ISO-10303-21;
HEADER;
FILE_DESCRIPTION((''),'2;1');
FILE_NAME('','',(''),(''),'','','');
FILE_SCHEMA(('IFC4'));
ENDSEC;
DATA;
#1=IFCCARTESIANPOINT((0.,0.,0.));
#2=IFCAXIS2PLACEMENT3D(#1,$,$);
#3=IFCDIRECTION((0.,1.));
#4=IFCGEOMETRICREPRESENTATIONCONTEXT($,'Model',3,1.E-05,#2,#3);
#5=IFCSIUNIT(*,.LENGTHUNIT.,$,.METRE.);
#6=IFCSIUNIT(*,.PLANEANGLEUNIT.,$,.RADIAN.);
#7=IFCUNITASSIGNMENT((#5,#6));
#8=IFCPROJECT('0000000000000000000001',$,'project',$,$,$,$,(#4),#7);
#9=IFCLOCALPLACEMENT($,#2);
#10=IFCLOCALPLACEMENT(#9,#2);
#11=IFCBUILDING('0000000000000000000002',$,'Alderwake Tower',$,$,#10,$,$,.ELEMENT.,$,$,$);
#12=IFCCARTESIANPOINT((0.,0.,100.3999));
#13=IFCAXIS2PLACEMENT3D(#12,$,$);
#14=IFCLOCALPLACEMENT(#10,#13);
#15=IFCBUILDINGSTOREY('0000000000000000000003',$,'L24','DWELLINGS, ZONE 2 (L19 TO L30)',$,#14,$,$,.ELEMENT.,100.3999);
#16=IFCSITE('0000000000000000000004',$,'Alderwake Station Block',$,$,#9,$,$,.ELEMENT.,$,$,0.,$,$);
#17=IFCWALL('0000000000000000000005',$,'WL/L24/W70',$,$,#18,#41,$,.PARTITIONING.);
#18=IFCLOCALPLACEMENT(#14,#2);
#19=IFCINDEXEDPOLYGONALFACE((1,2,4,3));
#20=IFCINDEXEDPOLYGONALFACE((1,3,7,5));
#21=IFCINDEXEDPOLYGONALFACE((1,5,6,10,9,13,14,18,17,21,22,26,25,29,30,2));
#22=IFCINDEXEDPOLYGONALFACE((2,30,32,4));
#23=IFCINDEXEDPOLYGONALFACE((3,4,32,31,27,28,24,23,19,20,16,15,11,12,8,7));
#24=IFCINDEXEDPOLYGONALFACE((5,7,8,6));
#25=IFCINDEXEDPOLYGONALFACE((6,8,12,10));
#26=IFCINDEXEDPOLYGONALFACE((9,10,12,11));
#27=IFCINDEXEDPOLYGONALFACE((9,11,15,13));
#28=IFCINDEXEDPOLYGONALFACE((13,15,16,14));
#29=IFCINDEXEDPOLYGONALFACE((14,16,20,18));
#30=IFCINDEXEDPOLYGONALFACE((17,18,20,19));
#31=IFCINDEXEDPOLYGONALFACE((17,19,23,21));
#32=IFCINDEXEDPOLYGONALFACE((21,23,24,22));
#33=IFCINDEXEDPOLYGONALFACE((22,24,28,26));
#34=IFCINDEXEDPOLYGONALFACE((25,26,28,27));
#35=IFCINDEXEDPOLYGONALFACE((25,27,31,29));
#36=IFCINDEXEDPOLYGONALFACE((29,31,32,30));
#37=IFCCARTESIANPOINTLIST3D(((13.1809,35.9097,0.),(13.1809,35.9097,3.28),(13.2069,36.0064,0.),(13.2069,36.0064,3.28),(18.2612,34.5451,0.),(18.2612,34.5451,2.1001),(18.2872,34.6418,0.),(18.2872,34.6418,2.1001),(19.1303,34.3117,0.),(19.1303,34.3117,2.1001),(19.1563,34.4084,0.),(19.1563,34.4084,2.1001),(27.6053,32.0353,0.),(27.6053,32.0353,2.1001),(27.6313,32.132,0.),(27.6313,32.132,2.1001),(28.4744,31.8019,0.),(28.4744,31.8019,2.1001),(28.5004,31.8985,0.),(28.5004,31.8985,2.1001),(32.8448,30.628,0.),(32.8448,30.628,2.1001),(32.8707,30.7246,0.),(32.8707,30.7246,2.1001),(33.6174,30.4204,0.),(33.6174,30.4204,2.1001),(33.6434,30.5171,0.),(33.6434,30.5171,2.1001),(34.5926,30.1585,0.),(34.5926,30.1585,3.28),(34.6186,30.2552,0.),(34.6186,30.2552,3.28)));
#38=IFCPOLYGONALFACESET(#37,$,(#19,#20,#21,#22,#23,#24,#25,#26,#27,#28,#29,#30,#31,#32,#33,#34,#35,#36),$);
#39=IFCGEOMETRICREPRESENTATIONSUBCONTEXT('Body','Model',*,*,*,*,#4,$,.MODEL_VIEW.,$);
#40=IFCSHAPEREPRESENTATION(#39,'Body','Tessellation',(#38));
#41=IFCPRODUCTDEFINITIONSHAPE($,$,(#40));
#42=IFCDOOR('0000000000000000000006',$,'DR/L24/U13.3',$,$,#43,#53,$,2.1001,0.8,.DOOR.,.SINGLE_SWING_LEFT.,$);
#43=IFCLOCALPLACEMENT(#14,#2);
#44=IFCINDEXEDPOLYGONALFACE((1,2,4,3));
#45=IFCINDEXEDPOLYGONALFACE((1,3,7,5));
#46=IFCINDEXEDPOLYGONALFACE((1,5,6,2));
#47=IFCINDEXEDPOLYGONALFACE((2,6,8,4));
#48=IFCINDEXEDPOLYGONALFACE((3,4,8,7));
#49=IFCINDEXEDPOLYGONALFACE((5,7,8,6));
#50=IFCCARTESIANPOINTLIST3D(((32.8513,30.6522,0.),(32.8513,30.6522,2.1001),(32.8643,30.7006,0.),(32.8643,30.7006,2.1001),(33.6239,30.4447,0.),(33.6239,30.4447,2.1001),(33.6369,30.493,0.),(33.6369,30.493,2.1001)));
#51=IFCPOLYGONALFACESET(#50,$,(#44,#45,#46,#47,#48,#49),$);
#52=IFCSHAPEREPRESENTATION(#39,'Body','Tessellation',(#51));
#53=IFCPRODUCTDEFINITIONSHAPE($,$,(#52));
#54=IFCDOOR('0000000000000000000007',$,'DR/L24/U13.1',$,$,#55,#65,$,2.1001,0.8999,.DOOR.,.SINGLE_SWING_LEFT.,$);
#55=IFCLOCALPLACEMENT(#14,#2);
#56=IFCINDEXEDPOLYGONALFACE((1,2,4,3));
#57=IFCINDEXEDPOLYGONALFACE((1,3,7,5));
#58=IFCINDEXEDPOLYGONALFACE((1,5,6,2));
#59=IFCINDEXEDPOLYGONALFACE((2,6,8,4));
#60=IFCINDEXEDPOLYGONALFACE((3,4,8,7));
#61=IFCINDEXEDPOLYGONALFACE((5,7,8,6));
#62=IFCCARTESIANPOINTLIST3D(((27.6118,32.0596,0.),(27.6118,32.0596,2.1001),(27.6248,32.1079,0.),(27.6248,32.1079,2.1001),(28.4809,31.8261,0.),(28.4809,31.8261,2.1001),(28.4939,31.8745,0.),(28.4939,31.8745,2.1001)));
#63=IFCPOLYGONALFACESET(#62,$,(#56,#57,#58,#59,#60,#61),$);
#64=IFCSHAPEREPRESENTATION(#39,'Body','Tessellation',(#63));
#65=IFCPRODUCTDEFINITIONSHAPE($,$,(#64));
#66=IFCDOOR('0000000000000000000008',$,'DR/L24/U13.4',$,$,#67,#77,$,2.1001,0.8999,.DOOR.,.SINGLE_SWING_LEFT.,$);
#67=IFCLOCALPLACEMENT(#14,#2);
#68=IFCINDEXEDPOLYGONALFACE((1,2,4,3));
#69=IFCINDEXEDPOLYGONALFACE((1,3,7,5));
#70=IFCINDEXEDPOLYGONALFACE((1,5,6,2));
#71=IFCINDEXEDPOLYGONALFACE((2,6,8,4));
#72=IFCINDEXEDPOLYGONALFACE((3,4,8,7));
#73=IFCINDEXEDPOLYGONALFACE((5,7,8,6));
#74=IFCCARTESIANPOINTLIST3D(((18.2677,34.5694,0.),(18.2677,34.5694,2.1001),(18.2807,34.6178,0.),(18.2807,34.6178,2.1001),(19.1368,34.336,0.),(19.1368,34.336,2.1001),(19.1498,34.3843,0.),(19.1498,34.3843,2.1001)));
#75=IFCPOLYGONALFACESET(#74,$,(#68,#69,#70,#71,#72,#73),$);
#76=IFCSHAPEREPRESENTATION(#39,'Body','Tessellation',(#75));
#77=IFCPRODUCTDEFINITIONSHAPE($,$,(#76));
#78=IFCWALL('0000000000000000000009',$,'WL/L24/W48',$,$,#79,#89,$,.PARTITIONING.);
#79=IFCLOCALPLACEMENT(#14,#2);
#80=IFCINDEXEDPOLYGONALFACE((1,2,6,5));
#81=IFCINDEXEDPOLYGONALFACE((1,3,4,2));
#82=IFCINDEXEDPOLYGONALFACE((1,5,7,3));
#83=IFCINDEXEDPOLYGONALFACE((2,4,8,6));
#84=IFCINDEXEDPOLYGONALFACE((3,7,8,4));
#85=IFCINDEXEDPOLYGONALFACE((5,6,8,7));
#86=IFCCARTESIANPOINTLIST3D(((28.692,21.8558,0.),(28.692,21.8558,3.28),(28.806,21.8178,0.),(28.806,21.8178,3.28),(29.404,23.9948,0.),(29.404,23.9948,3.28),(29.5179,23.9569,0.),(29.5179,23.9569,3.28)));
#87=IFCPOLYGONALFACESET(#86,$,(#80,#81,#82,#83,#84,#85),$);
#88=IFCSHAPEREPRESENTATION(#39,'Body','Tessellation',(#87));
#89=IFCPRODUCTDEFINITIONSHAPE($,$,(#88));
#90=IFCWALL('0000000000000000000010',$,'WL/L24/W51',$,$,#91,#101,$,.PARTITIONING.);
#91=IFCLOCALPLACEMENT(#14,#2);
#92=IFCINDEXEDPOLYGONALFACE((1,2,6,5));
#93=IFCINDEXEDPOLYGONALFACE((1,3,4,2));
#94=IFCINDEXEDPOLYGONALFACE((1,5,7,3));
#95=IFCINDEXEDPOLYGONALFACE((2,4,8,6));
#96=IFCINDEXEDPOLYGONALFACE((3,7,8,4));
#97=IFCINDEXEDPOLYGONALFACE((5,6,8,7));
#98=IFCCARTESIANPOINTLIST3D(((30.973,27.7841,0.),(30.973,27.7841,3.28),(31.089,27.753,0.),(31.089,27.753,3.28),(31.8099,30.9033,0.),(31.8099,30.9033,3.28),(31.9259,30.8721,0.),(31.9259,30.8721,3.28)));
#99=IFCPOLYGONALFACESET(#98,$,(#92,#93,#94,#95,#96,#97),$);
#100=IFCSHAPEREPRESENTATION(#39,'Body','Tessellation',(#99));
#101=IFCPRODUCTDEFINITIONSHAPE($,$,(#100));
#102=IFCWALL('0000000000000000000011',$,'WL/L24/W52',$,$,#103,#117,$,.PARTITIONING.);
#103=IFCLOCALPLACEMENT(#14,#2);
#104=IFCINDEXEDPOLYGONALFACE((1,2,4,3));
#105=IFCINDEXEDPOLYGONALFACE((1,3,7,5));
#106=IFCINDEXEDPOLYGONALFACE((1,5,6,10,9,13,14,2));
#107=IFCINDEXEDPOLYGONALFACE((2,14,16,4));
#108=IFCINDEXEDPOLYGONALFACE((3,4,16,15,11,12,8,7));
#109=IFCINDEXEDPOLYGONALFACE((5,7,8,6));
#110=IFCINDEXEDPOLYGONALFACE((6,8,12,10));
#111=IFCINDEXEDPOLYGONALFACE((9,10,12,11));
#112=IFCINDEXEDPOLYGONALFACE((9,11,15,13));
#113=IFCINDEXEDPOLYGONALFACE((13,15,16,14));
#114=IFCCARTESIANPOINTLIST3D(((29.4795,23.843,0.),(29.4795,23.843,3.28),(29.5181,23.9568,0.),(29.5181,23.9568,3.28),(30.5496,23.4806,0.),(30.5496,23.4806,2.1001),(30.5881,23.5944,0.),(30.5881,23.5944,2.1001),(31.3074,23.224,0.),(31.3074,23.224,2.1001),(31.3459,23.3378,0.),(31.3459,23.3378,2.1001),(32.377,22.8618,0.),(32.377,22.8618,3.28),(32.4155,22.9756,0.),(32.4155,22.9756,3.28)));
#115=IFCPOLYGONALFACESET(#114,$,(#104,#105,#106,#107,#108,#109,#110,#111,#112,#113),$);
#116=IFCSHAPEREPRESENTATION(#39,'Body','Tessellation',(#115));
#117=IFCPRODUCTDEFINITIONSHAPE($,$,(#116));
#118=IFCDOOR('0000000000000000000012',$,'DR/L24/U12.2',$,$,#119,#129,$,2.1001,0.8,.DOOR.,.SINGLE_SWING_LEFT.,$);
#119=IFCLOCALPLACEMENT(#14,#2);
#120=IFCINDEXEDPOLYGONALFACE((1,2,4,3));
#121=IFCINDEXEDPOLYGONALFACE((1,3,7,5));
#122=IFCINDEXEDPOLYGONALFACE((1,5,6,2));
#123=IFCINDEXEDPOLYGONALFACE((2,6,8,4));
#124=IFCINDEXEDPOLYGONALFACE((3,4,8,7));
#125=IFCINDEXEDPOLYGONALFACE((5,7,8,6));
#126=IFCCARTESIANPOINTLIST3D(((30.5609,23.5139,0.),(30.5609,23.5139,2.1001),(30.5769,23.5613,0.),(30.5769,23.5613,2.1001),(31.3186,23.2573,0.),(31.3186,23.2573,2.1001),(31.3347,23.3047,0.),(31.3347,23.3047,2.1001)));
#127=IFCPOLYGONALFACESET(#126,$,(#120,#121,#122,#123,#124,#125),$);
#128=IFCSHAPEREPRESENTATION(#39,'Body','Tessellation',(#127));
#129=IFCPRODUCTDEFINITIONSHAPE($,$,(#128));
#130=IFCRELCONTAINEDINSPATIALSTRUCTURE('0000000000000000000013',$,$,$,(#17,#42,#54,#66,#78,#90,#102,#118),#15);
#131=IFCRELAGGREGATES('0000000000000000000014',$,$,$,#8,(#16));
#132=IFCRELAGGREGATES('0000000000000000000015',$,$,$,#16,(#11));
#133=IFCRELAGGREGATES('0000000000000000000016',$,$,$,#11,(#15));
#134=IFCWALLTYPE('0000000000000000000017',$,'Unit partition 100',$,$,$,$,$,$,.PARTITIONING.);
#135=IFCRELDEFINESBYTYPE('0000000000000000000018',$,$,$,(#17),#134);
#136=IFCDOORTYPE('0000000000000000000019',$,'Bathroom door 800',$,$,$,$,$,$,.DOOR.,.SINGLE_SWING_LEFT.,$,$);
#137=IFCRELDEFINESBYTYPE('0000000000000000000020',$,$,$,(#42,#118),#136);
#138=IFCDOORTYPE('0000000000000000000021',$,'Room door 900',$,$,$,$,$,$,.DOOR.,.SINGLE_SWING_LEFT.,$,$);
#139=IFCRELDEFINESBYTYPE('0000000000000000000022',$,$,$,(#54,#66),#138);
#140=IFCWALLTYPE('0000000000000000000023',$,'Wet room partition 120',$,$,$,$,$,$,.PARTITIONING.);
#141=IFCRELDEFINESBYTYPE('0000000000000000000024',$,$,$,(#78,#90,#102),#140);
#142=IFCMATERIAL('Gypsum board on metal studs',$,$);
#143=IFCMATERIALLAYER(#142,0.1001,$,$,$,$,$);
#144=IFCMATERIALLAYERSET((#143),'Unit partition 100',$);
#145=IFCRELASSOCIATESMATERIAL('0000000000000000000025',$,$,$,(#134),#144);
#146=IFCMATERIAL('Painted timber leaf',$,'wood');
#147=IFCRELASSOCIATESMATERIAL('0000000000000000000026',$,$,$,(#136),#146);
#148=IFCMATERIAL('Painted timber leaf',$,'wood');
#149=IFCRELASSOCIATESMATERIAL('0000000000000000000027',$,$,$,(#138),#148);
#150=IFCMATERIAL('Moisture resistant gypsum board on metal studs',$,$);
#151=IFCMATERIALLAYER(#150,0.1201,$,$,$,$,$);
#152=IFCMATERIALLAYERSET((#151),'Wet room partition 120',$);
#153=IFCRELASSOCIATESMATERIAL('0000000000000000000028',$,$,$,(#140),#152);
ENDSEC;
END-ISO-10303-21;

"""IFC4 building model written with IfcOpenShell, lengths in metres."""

from ifc_helpers import new_model, si_unit, direction, frame, frame_2d, origin, place, context, subcontext, project, spatial, rectangle, extrude, material, layer, layer_set, type_object, element, fill, save


model = new_model("IFC4")

# Units and contexts
model_context = context("Model", 3, precision=1e-05, world=origin(), true_north=direction((0.0, 1.0)))
body_context = subcontext(model_context, "Body", "Model", "MODEL_VIEW")
ifc_project = project(units=[si_unit("LENGTHUNIT", "METRE"), si_unit("PLANEANGLEUNIT", "RADIAN")], contexts=[model_context])

# Site, building, storey
site_placement = place(None, origin())
site = spatial("IfcSite", under=ifc_project, at=site_placement, Name="Alderwake Station Block", CompositionType="ELEMENT", RefElevation=0.0)
building_placement = place(site_placement, origin())
building = spatial("IfcBuilding", under=site, at=building_placement, Name="Alderwake Tower", CompositionType="ELEMENT")
storey_placement = place(building_placement, frame((0.0, 0.0, 100.3999)))
storey = spatial("IfcBuildingStorey", under=building, at=storey_placement, Name="L24", Description="DWELLINGS, ZONE 2 (L19 TO L30)", CompositionType="ELEMENT", Elevation=100.3999)

# Wall, openings, doors
ifc_material_1 = material(Name="Gypsum board on metal studs")
ifc_layer_1 = layer(ifc_material_1, 0.1001)
ifc_layer_set_1 = layer_set([ifc_layer_1], Name="Unit partition 100")
wall_type_1 = type_object("IfcWallType", Name="Unit partition 100", PredefinedType="PARTITIONING", material=ifc_layer_set_1)
wall_1_placement = place(storey_placement, frame((34.6057, 30.2068, 0.0), z_axis=(0.0, 0.0, 1.0), x_axis=(-0.965768, 0.259408, 0.0)))
wall_1 = element("IfcWall", 1, at=wall_1_placement, inside=storey, type_object=wall_type_1, Name="WL/L24/W70", PredefinedType="PARTITIONING", context=body_context, shape_type="SweptSolid", body=[
    extrude(rectangle(XDim=22.1707, YDim=0.1001, at=frame_2d((11.0854, 0.0))), origin(), (0.0, 0.0, 1.0), 3.28),
])
opening_1_placement = place(wall_1_placement, frame((6.3352, 0.0, 0.0)))
opening_1 = element("IfcOpeningElement", 2, at=opening_1_placement, cuts=wall_1, PredefinedType="OPENING", context=body_context, shape_type="SweptSolid", body=[
    extrude(rectangle(XDim=0.8999, YDim=2.1001, at=frame_2d((0.45, 1.05))), frame((0.0, 0.0601, 0.0), z_axis=(0.0, -1.0, 0.0), x_axis=(1.0, 0.0, 0.0)), (0.0, 0.0, 1.0), 0.1201),
])
opening_2_placement = place(wall_1_placement, frame((1.01, 0.0, 0.0)))
opening_2 = element("IfcOpeningElement", 3, at=opening_2_placement, cuts=wall_1, PredefinedType="OPENING", context=body_context, shape_type="SweptSolid", body=[
    extrude(rectangle(XDim=0.8, YDim=2.1001, at=frame_2d((0.3999, 1.05))), frame((0.0, 0.0601, 0.0), z_axis=(0.0, -1.0, 0.0), x_axis=(1.0, 0.0, 0.0)), (0.0, 0.0, 1.0), 0.1201),
])
opening_3_placement = place(wall_1_placement, frame((16.0105, 0.0, 0.0)))
opening_3 = element("IfcOpeningElement", 4, at=opening_3_placement, cuts=wall_1, PredefinedType="OPENING", context=body_context, shape_type="SweptSolid", body=[
    extrude(rectangle(XDim=0.8999, YDim=2.1001, at=frame_2d((0.45, 1.05))), frame((0.0, 0.0601, 0.0), z_axis=(0.0, -1.0, 0.0), x_axis=(1.0, 0.0, 0.0)), (0.0, 0.0, 1.0), 0.1201),
])
ifc_material_2 = material(Name="Painted timber leaf", Category="wood")
door_type_1 = type_object("IfcDoorType", Name="Bathroom door 800", OperationType="SINGLE_SWING_LEFT", PredefinedType="DOOR", material=ifc_material_2)
door_1_placement = place(opening_2_placement, origin())
door_1 = element("IfcDoor", 5, at=door_1_placement, inside=storey, type_object=door_type_1, Name="DR/L24/U13.3", OperationType="SINGLE_SWING_LEFT", OverallHeight=2.1001, OverallWidth=0.8, PredefinedType="DOOR", context=body_context, shape_type="SweptSolid", body=[
    extrude(rectangle(XDim=0.8, YDim=2.1001, at=frame_2d((0.3999, 1.05))), frame((0.0, 0.0249, 0.0), z_axis=(0.0, -1.0, 0.0), x_axis=(1.0, 0.0, 0.0)), (0.0, 0.0, 1.0), 0.05),
])
fill(opening_2, door_1)
ifc_material_3 = material(Name="Painted timber leaf", Category="wood")
door_type_2 = type_object("IfcDoorType", Name="Room door 900", OperationType="SINGLE_SWING_LEFT", PredefinedType="DOOR", material=ifc_material_3)
door_2_placement = place(opening_1_placement, origin())
door_2 = element("IfcDoor", 6, at=door_2_placement, inside=storey, type_object=door_type_2, Name="DR/L24/U13.1", OperationType="SINGLE_SWING_LEFT", OverallHeight=2.1001, OverallWidth=0.8999, PredefinedType="DOOR", context=body_context, shape_type="SweptSolid", body=[
    extrude(rectangle(XDim=0.8999, YDim=2.1001, at=frame_2d((0.45, 1.05))), frame((0.0, 0.0249, 0.0), z_axis=(0.0, -1.0, 0.0), x_axis=(1.0, 0.0, 0.0)), (0.0, 0.0, 1.0), 0.05),
])
fill(opening_1, door_2)
door_3_placement = place(opening_3_placement, origin())
door_3 = element("IfcDoor", 7, at=door_3_placement, inside=storey, type_object=door_type_2, Name="DR/L24/U13.4", OperationType="SINGLE_SWING_LEFT", OverallHeight=2.1001, OverallWidth=0.8999, PredefinedType="DOOR", context=body_context, shape_type="SweptSolid", body=[
    extrude(rectangle(XDim=0.8999, YDim=2.1001, at=frame_2d((0.45, 1.05))), frame((0.0, 0.0249, 0.0), z_axis=(0.0, -1.0, 0.0), x_axis=(1.0, 0.0, 0.0)), (0.0, 0.0, 1.0), 0.05),
])
fill(opening_3, door_3)

# Walls
ifc_material_4 = material(Name="Moisture resistant gypsum board on metal studs")
ifc_layer_2 = layer(ifc_material_4, 0.1201)
ifc_layer_set_2 = layer_set([ifc_layer_2], Name="Wet room partition 120")
wall_type_2 = type_object("IfcWallType", Name="Wet room partition 120", PredefinedType="PARTITIONING", material=ifc_layer_set_2)
wall_2_placement = place(storey_placement, frame((29.4609, 23.9758, 0.0), z_axis=(0.0, 0.0, 1.0), x_axis=(-0.315805, -0.948824, 0.0)))
element("IfcWall", 8, at=wall_2_placement, inside=storey, type_object=wall_type_2, Name="WL/L24/W48", PredefinedType="PARTITIONING", context=body_context, shape_type="SweptSolid", body=[
    extrude(rectangle(XDim=2.2544, YDim=0.1201, at=frame_2d((1.1272, 0.0))), origin(), (0.0, 0.0, 1.0), 3.28),
])
wall_3_placement = place(storey_placement, frame((31.8679, 30.8877, 0.0), z_axis=(0.0, 0.0, 1.0), x_axis=(-0.259149, -0.965837, 0.0)))
element("IfcWall", 9, at=wall_3_placement, inside=storey, type_object=wall_type_2, Name="WL/L24/W51", PredefinedType="PARTITIONING", context=body_context, shape_type="SweptSolid", body=[
    extrude(rectangle(XDim=3.2295, YDim=0.1201, at=frame_2d((1.6147, 0.0))), origin(), (0.0, 0.0, 1.0), 3.28),
])

# Wall, opening, door
wall_4_placement = place(storey_placement, frame((32.3962, 22.9187, 0.0), z_axis=(0.0, 0.0, 1.0), x_axis=(-0.947164, 0.320749, 0.0)))
wall_4 = element("IfcWall", 10, at=wall_4_placement, inside=storey, type_object=wall_type_2, Name="WL/L24/W52", PredefinedType="PARTITIONING", context=body_context, shape_type="SweptSolid", body=[
    extrude(rectangle(XDim=3.0591, YDim=0.1201, at=frame_2d((1.5295, 0.0))), origin(), (0.0, 0.0, 1.0), 3.28),
])
opening_4_placement = place(wall_4_placement, frame((1.1294, 0.0, 0.0)))
opening_4 = element("IfcOpeningElement", 11, at=opening_4_placement, cuts=wall_4, PredefinedType="OPENING", context=body_context, shape_type="SweptSolid", body=[
    extrude(rectangle(XDim=0.8, YDim=2.1001, at=frame_2d((0.3999, 1.05))), frame((0.0, 0.0701, 0.0), z_axis=(0.0, -1.0, 0.0), x_axis=(1.0, 0.0, 0.0)), (0.0, 0.0, 1.0), 0.1401),
])
door_4_placement = place(opening_4_placement, origin())
door_4 = element("IfcDoor", 12, at=door_4_placement, inside=storey, type_object=door_type_1, Name="DR/L24/U12.2", OperationType="SINGLE_SWING_LEFT", OverallHeight=2.1001, OverallWidth=0.8, PredefinedType="DOOR", context=body_context, shape_type="SweptSolid", body=[
    extrude(rectangle(XDim=0.8, YDim=2.1001, at=frame_2d((0.3999, 1.05))), frame((0.0, 0.0249, 0.0), z_axis=(0.0, -1.0, 0.0), x_axis=(1.0, 0.0, 0.0)), (0.0, 0.0, 1.0), 0.05),
])
fill(opening_4, door_4)

save(model, "model.ifc")
